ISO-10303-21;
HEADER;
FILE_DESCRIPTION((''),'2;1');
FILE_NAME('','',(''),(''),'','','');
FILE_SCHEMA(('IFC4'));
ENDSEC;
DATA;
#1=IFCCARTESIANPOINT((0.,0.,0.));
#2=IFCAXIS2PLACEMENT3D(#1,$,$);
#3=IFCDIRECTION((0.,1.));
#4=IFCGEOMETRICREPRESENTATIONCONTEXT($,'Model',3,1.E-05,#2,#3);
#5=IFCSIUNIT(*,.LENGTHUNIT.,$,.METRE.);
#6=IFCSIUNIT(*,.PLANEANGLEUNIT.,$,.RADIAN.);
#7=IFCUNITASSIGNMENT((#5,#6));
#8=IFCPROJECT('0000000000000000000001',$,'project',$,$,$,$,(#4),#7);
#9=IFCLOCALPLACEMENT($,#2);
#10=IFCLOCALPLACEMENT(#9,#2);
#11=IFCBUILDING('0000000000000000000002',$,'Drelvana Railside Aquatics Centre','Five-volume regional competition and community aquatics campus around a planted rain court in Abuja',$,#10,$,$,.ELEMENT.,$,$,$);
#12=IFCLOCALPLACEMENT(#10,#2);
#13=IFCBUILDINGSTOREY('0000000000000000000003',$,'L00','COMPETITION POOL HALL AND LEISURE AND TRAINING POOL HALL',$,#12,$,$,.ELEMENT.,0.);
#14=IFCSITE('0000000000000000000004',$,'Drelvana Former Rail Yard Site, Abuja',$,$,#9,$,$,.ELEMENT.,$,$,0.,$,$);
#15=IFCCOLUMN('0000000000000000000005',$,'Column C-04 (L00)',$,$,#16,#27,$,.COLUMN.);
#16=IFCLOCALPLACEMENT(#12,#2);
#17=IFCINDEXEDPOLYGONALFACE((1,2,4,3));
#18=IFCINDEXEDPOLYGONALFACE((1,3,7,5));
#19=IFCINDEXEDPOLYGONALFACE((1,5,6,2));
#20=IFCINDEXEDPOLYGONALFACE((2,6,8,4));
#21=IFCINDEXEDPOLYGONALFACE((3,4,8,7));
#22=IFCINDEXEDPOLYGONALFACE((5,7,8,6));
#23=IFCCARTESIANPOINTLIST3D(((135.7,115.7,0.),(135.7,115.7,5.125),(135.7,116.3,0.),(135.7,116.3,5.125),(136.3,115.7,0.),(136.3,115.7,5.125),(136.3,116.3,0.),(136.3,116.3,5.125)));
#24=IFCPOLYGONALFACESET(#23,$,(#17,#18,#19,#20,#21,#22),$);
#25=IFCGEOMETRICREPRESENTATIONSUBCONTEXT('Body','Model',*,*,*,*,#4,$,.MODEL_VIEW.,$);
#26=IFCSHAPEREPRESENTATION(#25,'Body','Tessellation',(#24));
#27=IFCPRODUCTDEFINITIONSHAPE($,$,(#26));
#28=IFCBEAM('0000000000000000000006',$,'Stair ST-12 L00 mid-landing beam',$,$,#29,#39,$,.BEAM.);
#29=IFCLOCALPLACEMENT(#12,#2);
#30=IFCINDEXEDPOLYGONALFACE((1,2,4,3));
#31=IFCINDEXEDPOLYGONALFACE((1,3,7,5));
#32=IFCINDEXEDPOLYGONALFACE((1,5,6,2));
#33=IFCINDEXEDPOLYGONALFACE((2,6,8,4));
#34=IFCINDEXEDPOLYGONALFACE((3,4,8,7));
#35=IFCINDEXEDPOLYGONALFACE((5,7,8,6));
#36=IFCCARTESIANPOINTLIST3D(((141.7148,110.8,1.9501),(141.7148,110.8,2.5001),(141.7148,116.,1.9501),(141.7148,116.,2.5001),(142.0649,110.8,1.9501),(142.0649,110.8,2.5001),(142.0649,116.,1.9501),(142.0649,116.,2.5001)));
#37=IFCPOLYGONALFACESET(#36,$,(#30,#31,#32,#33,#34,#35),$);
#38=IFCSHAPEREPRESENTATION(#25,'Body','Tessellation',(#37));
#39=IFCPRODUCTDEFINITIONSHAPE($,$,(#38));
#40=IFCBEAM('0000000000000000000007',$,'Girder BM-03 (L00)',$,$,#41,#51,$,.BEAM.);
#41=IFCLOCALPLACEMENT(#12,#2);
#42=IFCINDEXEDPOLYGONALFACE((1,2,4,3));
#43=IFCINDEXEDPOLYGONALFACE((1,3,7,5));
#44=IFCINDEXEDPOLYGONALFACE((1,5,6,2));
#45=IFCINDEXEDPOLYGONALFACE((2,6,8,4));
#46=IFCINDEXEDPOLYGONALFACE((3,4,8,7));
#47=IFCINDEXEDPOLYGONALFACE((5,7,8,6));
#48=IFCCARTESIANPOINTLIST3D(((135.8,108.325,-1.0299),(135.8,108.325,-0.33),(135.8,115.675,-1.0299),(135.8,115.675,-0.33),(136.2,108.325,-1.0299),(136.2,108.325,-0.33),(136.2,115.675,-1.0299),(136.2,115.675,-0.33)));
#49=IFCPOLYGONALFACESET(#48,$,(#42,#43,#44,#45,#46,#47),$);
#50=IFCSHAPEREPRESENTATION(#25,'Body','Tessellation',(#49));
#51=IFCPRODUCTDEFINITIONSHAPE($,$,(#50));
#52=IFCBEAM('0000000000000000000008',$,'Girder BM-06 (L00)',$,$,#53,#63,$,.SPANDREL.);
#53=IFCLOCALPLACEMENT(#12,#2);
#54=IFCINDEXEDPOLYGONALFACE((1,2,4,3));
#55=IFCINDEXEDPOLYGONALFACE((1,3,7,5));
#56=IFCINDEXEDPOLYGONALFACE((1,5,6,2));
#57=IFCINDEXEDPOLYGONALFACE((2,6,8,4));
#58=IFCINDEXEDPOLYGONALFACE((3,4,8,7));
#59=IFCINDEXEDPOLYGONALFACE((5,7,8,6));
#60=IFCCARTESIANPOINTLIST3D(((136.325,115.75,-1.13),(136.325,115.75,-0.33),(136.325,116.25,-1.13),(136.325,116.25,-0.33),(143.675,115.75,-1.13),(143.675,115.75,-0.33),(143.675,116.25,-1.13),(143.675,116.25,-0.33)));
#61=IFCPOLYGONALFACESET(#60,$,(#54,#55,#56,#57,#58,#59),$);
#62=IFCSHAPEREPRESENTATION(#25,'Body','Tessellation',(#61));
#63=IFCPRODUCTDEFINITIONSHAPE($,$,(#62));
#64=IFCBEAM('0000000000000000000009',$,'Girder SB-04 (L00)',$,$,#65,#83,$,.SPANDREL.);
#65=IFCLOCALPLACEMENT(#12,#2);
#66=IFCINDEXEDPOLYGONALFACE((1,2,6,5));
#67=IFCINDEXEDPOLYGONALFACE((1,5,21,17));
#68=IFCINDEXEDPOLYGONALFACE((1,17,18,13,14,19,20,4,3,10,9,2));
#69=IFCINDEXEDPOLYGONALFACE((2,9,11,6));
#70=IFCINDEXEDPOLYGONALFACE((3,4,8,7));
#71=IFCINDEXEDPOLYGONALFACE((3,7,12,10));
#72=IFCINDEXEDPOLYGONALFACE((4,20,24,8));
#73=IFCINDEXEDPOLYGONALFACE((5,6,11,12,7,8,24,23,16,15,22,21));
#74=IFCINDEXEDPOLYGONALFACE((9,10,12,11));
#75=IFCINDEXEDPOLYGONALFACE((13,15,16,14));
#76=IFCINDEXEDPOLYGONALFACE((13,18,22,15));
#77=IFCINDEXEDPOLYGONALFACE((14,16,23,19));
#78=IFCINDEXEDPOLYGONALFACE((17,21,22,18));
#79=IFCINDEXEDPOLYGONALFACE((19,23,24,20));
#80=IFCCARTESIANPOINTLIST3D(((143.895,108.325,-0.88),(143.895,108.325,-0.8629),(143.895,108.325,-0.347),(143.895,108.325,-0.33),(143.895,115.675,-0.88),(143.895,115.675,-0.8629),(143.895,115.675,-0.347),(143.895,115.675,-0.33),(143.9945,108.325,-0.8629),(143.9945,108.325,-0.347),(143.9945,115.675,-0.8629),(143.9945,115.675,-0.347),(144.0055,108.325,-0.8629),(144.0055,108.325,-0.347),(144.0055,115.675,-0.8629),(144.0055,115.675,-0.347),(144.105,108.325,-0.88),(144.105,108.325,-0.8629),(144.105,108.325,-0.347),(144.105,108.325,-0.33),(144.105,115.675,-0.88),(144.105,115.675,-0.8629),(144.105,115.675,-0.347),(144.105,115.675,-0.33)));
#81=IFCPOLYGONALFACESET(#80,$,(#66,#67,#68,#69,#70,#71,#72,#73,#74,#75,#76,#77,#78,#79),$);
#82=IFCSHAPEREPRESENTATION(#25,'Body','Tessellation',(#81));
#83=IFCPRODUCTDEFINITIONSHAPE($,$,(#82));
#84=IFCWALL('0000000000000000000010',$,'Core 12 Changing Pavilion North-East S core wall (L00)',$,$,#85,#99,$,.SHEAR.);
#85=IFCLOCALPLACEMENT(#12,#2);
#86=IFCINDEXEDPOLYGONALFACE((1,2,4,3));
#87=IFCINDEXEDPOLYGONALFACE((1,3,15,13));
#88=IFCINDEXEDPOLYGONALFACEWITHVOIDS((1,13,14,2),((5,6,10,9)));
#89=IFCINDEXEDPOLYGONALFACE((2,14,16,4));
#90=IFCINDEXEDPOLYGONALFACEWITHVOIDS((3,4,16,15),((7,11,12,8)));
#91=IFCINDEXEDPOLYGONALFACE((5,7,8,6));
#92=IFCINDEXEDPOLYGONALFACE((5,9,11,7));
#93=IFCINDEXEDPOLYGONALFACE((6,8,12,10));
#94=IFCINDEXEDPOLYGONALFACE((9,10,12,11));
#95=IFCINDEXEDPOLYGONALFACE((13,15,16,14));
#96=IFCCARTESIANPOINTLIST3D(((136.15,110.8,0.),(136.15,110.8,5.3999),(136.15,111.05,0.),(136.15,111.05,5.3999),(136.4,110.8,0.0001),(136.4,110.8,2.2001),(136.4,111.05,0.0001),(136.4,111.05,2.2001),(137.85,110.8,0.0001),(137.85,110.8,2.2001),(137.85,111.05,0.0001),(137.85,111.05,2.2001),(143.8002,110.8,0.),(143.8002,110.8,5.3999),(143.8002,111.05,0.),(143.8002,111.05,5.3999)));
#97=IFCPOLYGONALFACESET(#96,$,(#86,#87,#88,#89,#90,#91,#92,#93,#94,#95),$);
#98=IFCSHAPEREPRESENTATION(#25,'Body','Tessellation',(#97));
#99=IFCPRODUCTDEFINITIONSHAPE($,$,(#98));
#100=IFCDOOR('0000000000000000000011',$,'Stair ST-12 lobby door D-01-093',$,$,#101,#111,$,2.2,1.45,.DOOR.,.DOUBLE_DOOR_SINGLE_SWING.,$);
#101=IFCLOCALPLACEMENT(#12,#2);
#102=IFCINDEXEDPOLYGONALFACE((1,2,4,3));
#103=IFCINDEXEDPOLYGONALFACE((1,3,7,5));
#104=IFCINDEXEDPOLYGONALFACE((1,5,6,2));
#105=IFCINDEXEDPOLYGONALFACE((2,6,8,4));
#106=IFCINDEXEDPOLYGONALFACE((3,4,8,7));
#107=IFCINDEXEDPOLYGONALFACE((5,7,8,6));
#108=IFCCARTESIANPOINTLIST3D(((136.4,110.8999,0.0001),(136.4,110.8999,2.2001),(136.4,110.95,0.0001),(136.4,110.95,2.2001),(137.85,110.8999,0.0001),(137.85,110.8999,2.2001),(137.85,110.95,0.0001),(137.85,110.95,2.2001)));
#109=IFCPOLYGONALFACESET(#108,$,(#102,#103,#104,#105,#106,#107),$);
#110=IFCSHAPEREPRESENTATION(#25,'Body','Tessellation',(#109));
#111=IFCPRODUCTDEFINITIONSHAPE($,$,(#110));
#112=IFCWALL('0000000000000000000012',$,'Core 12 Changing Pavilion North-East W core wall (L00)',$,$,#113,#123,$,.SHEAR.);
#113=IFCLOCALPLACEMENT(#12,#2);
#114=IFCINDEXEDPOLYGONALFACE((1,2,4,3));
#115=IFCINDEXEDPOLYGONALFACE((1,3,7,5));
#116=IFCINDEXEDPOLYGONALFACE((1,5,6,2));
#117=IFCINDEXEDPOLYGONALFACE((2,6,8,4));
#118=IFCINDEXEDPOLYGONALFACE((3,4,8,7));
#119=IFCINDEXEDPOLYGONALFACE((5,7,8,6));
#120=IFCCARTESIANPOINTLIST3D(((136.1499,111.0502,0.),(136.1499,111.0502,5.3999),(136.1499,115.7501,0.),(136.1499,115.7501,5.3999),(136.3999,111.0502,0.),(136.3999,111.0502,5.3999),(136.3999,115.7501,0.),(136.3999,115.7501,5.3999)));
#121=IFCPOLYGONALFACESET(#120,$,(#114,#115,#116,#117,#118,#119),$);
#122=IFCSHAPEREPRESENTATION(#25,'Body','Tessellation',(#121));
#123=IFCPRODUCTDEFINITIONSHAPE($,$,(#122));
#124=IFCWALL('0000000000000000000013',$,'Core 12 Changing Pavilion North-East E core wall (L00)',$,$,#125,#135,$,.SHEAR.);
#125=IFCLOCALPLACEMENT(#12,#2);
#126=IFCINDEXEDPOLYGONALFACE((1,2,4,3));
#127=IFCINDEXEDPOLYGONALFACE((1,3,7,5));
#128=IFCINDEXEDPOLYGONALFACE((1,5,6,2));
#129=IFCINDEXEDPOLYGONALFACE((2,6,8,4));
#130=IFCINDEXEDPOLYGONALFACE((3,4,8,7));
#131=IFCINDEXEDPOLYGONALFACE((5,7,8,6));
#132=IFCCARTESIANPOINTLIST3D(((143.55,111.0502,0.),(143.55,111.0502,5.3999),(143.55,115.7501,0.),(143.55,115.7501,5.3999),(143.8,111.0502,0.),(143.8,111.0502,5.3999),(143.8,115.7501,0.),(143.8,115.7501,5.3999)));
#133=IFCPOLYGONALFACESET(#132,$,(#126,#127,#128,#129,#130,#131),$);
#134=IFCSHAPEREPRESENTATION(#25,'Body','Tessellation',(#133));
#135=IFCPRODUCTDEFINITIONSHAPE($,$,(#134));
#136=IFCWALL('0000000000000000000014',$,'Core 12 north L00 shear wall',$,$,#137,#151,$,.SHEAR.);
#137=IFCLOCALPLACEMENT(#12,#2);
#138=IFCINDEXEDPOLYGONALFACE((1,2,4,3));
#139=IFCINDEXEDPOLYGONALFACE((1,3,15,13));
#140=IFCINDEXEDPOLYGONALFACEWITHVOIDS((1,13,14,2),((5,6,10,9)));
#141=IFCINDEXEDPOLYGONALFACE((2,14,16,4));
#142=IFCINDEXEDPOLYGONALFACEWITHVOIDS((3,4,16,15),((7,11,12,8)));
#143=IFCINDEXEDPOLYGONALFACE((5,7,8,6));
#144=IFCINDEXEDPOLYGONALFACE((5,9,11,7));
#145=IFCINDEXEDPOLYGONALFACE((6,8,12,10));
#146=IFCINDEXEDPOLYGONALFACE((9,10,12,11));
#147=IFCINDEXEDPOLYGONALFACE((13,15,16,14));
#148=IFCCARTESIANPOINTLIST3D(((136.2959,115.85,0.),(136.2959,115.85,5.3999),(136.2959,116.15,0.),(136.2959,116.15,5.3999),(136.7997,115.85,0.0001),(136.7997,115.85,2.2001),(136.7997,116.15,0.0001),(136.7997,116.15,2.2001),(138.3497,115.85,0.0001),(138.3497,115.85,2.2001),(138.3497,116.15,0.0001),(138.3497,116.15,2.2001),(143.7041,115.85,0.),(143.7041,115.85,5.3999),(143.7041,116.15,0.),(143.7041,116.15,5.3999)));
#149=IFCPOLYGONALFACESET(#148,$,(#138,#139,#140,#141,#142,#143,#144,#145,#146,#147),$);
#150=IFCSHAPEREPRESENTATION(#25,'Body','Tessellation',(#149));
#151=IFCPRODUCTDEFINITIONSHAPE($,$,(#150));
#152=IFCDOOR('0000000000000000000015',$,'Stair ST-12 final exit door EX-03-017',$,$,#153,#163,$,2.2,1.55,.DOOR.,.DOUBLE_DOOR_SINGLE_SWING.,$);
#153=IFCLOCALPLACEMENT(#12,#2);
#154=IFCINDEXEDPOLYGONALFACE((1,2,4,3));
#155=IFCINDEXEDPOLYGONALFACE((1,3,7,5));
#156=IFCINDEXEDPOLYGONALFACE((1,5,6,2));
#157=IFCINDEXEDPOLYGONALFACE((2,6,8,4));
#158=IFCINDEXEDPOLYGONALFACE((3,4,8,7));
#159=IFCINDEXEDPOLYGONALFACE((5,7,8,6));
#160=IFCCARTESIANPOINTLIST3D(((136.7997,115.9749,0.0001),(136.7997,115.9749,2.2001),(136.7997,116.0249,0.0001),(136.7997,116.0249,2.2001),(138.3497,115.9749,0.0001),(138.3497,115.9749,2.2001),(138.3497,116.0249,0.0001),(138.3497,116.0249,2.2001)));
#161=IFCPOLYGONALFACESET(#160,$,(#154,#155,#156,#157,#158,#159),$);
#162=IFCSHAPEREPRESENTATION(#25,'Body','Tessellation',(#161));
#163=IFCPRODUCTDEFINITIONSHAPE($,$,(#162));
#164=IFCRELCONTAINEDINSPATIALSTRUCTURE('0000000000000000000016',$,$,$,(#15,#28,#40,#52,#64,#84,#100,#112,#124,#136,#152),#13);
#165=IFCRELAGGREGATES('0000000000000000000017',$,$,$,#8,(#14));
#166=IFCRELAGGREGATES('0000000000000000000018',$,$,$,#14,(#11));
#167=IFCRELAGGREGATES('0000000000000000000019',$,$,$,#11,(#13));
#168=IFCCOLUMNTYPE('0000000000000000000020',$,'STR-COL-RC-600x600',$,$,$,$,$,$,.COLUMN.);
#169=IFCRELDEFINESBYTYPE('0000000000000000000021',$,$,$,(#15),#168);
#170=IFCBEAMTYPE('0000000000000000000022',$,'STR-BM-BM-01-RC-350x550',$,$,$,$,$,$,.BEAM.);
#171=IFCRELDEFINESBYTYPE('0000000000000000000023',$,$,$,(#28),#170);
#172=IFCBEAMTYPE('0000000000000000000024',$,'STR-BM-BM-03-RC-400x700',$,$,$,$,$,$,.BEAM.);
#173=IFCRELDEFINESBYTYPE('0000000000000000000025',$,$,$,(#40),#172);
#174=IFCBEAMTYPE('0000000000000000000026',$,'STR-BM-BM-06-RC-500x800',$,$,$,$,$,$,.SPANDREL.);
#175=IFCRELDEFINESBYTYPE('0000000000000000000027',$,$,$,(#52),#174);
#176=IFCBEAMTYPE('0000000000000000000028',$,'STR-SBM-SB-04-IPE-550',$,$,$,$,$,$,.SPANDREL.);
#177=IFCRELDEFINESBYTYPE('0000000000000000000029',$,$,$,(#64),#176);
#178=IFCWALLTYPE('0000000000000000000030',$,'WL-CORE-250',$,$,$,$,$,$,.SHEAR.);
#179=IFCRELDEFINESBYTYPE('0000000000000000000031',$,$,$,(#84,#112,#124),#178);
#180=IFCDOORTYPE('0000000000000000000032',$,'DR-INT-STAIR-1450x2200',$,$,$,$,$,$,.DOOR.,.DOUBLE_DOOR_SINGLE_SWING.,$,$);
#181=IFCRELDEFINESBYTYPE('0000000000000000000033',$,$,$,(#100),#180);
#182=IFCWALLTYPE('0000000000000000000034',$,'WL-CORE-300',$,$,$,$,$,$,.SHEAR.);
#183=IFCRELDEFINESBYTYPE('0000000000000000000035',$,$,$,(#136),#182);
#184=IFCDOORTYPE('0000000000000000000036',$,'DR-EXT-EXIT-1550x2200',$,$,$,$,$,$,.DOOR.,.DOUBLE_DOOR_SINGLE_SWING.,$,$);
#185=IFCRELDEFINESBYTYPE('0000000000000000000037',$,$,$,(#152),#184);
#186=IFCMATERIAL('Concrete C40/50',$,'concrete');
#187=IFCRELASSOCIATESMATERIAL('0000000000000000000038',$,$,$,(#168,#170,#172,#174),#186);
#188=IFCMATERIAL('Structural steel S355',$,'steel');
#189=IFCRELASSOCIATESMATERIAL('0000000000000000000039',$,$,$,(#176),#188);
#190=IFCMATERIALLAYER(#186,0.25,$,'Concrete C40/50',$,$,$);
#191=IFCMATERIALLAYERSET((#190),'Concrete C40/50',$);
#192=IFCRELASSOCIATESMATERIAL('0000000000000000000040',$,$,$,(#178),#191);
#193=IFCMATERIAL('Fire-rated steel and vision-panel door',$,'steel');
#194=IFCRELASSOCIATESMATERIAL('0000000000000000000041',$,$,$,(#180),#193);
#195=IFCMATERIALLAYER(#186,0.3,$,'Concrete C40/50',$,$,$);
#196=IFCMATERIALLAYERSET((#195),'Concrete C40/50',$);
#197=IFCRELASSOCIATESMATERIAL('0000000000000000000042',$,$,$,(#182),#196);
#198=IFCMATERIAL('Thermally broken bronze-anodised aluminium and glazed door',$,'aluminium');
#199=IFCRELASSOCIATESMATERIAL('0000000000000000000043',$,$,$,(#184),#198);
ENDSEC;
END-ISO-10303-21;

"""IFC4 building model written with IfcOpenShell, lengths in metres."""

from ifc_helpers import new_model, si_unit, direction, frame, frame_2d, origin, origin_2d, place, context, subcontext, project, spatial, rectangle, i_section, extrude, material, layer, layer_set, material_profile, profile_set, type_object, element, fill, save


model = new_model("IFC4")

# Units and contexts
model_context = context("Model", 3, precision=1e-05, world=origin(), true_north=direction((0.0, 1.0)))
body_context = subcontext(model_context, "Body", "Model", "MODEL_VIEW")
ifc_project = project(units=[si_unit("LENGTHUNIT", "METRE"), si_unit("PLANEANGLEUNIT", "RADIAN")], contexts=[model_context])

# Site, building, storey
site_placement = place(None, origin())
site = spatial("IfcSite", under=ifc_project, at=site_placement, Name="Drelvana Former Rail Yard Site, Abuja", CompositionType="ELEMENT", RefElevation=0.0)
building_placement = place(site_placement, origin())
building = spatial("IfcBuilding", under=site, at=building_placement, Name="Drelvana Railside Aquatics Centre", Description="Five-volume regional competition and community aquatics campus around a planted rain court in Abuja", CompositionType="ELEMENT")
storey_placement = place(building_placement, origin())
storey = spatial("IfcBuildingStorey", under=building, at=storey_placement, Name="L00", Description="COMPETITION POOL HALL AND LEISURE AND TRAINING POOL HALL", CompositionType="ELEMENT", Elevation=0.0)

# Column
ifc_material_1 = material(Name="Concrete C40/50", Category="concrete")
ifc_material_profile_1 = material_profile(ifc_material_1, rectangle(XDim=0.6001, YDim=0.6001, at=origin_2d()), Name="RC 600x600")
ifc_profile_set_1 = profile_set([ifc_material_profile_1], Name="Concrete C40/50")
column_type = type_object("IfcColumnType", Name="STR-COL-RC-600x600", PredefinedType="COLUMN", material=ifc_profile_set_1)
column_placement = place(storey_placement, frame((136.0, 116.0, 0.0), z_axis=(0.0, 0.0, 1.0), x_axis=(1.0, 0.0, 0.0)))
element("IfcColumn", 1, at=column_placement, inside=storey, type_object=column_type, Name="Column C-04 (L00)", PredefinedType="COLUMN", context=body_context, shape_type="SweptSolid", body=[
    extrude(rectangle(XDim=0.6001, YDim=0.6001, at=origin_2d()), origin(), (0.0, 0.0, 1.0), 5.125),
])

# Beams
ifc_material_profile_2 = material_profile(ifc_material_1, rectangle(XDim=0.3501, YDim=0.55, at=origin_2d()), Name="RC 350x550")
ifc_profile_set_2 = profile_set([ifc_material_profile_2], Name="Concrete C40/50")
beam_type_1 = type_object("IfcBeamType", Name="STR-BM-BM-01-RC-350x550", PredefinedType="BEAM", material=ifc_profile_set_2)
beam_1_placement = place(storey_placement, frame((141.8899, 110.8, 2.2251), z_axis=(0.0, 1.0, 0.0), x_axis=(-1.0, 0.0, 0.0)))
element("IfcBeam", 2, at=beam_1_placement, inside=storey, type_object=beam_type_1, Name="Stair ST-12 L00 mid-landing beam", PredefinedType="BEAM", context=body_context, shape_type="SweptSolid", body=[
    extrude(rectangle(XDim=0.3501, YDim=0.55, at=origin_2d()), origin(), (0.0, 0.0, 1.0), 5.2),
])
ifc_material_profile_3 = material_profile(ifc_material_1, rectangle(XDim=0.3999, YDim=0.7, at=origin_2d()), Name="RC 400x700")
ifc_profile_set_3 = profile_set([ifc_material_profile_3], Name="Concrete C40/50")
beam_type_2 = type_object("IfcBeamType", Name="STR-BM-BM-03-RC-400x700", PredefinedType="BEAM", material=ifc_profile_set_3)
beam_2_placement = place(storey_placement, frame((136.0, 108.325, -0.6799), z_axis=(0.0, 1.0, 0.0), x_axis=(-1.0, 0.0, 0.0)))
element("IfcBeam", 3, at=beam_2_placement, inside=storey, type_object=beam_type_2, Name="Girder BM-03 (L00)", PredefinedType="BEAM", context=body_context, shape_type="SweptSolid", body=[
    extrude(rectangle(XDim=0.3999, YDim=0.7, at=origin_2d()), origin(), (0.0, 0.0, 1.0), 7.3501),
])
ifc_material_profile_4 = material_profile(ifc_material_1, rectangle(XDim=0.5, YDim=0.8, at=origin_2d()), Name="RC 500x800")
ifc_profile_set_4 = profile_set([ifc_material_profile_4], Name="Concrete C40/50")
beam_type_3 = type_object("IfcBeamType", Name="STR-BM-BM-06-RC-500x800", PredefinedType="SPANDREL", material=ifc_profile_set_4)
beam_3_placement = place(storey_placement, frame((136.325, 116.0, -0.73), z_axis=(1.0, 0.0, 0.0), x_axis=(0.0, 1.0, 0.0)))
element("IfcBeam", 4, at=beam_3_placement, inside=storey, type_object=beam_type_3, Name="Girder BM-06 (L00)", PredefinedType="SPANDREL", context=body_context, shape_type="SweptSolid", body=[
    extrude(rectangle(XDim=0.5, YDim=0.8, at=origin_2d()), origin(), (0.0, 0.0, 1.0), 7.3501),
])
ifc_material_2 = material(Name="Structural steel S355", Category="steel")
ifc_material_profile_5 = material_profile(ifc_material_2, i_section(OverallWidth=0.21, OverallDepth=0.55, WebThickness=0.011, FlangeThickness=0.0171, at=origin_2d()), Name="IPE 550")
ifc_profile_set_5 = profile_set([ifc_material_profile_5], Name="Structural steel S355")
beam_type_4 = type_object("IfcBeamType", Name="STR-SBM-SB-04-IPE-550", PredefinedType="SPANDREL", material=ifc_profile_set_5)
beam_4_placement = place(storey_placement, frame((144.0, 108.325, -0.605), z_axis=(0.0, 1.0, 0.0), x_axis=(-1.0, 0.0, 0.0)))
element("IfcBeam", 5, at=beam_4_placement, inside=storey, type_object=beam_type_4, Name="Girder SB-04 (L00)", PredefinedType="SPANDREL", context=body_context, shape_type="SweptSolid", body=[
    extrude(i_section(OverallWidth=0.21, OverallDepth=0.55, WebThickness=0.011, FlangeThickness=0.0171, at=origin_2d()), origin(), (0.0, 0.0, 1.0), 7.3501),
])

# Wall, opening, door
ifc_layer_1 = layer(ifc_material_1, 0.25, Name="Concrete C40/50")
ifc_layer_set_1 = layer_set([ifc_layer_1], Name="Concrete C40/50")
wall_type_1 = type_object("IfcWallType", Name="WL-CORE-250", PredefinedType="SHEAR", material=ifc_layer_set_1)
wall_1_placement = place(storey_placement, frame((136.1499, 110.925, 0.0), z_axis=(0.0, 0.0, 1.0), x_axis=(1.0, 0.0, 0.0)))
wall_1 = element("IfcWall", 6, at=wall_1_placement, inside=storey, type_object=wall_type_1, Name="Core 12 Changing Pavilion North-East S core wall (L00)", PredefinedType="SHEAR", context=body_context, shape_type="SweptSolid", body=[
    extrude(rectangle(XDim=7.6501, YDim=0.25, at=frame_2d((3.8252, 0.0))), origin(), (0.0, 0.0, 1.0), 5.3999),
])
opening_1_placement = place(wall_1_placement, frame((0.25, 0.0, 0.0)))
opening_1 = element("IfcOpeningElement", 7, at=opening_1_placement, cuts=wall_1, PredefinedType="OPENING", context=body_context, shape_type="SweptSolid", body=[
    extrude(rectangle(XDim=1.45, YDim=2.2, at=frame_2d((0.7251, 1.1001))), frame((0.0, 0.135, 0.0), z_axis=(0.0, -1.0, 0.0), x_axis=(1.0, 0.0, 0.0)), (0.0, 0.0, 1.0), 0.27),
])
ifc_material_3 = material(Name="Fire-rated steel and vision-panel door", Category="steel")
door_type_1 = type_object("IfcDoorType", Name="DR-INT-STAIR-1450x2200", OperationType="DOUBLE_DOOR_SINGLE_SWING", PredefinedType="DOOR", material=ifc_material_3)
door_1_placement = place(opening_1_placement, origin())
door_1 = element("IfcDoor", 8, at=door_1_placement, inside=storey, type_object=door_type_1, Name="Stair ST-12 lobby door D-01-093", OperationType="DOUBLE_DOOR_SINGLE_SWING", OverallHeight=2.2, OverallWidth=1.45, PredefinedType="DOOR", context=body_context, shape_type="SweptSolid", body=[
    extrude(rectangle(XDim=1.45, YDim=2.2, at=frame_2d((0.7251, 1.1001))), frame((0.0, 0.0249, 0.0), z_axis=(0.0, -1.0, 0.0), x_axis=(1.0, 0.0, 0.0)), (0.0, 0.0, 1.0), 0.05),
])
fill(opening_1, door_1)

# Walls
for number, where, z_axis, x_axis, name in (
    (9, (136.2749, 111.05, 0.0), (0.0, 0.0, 1.0), (0.0, 1.0, 0.0), "Core 12 Changing Pavilion North-East W core wall (L00)"),
    (10, (143.675, 111.05, 0.0), (0.0, 0.0, 1.0), (0.0, 1.0, 0.0), "Core 12 Changing Pavilion North-East E core wall (L00)"),
):
    element("IfcWall", number, at=place(storey_placement, frame(where, z_axis=z_axis, x_axis=x_axis)), inside=storey, type_object=wall_type_1, Name=name, PredefinedType="SHEAR", context=body_context, shape_type="SweptSolid", body=[
        extrude(rectangle(XDim=4.7, YDim=0.25, at=frame_2d((2.3501, 0.0))), origin(), (0.0, 0.0, 1.0), 5.3999),
    ])

# Wall, opening, door
ifc_layer_2 = layer(ifc_material_1, 0.3, Name="Concrete C40/50")
ifc_layer_set_2 = layer_set([ifc_layer_2], Name="Concrete C40/50")
wall_type_2 = type_object("IfcWallType", Name="WL-CORE-300", PredefinedType="SHEAR", material=ifc_layer_set_2)
wall_2_placement = place(storey_placement, frame((136.2959, 116.0, 0.0), z_axis=(0.0, 0.0, 1.0), x_axis=(1.0, 0.0, 0.0)))
wall_2 = element("IfcWall", 11, at=wall_2_placement, inside=storey, type_object=wall_type_2, Name="Core 12 north L00 shear wall", PredefinedType="SHEAR", context=body_context, shape_type="SweptSolid", body=[
    extrude(rectangle(XDim=7.4082, YDim=0.3, at=frame_2d((3.7041, 0.0))), origin(), (0.0, 0.0, 1.0), 5.3999),
])
opening_2_placement = place(wall_2_placement, frame((0.5039, 0.0, 0.0)))
opening_2 = element("IfcOpeningElement", 12, at=opening_2_placement, cuts=wall_2, PredefinedType="OPENING", context=body_context, shape_type="SweptSolid", body=[
    extrude(rectangle(XDim=1.55, YDim=2.2, at=frame_2d((0.7749, 1.1001))), frame((0.0, 0.1599, 0.0), z_axis=(0.0, -1.0, 0.0), x_axis=(1.0, 0.0, 0.0)), (0.0, 0.0, 1.0), 0.3201),
])
ifc_material_4 = material(Name="Thermally broken bronze-anodised aluminium and glazed door", Category="aluminium")
door_type_2 = type_object("IfcDoorType", Name="DR-EXT-EXIT-1550x2200", OperationType="DOUBLE_DOOR_SINGLE_SWING", PredefinedType="DOOR", material=ifc_material_4)
door_2_placement = place(opening_2_placement, origin())
door_2 = element("IfcDoor", 13, at=door_2_placement, inside=storey, type_object=door_type_2, Name="Stair ST-12 final exit door EX-03-017", OperationType="DOUBLE_DOOR_SINGLE_SWING", OverallHeight=2.2, OverallWidth=1.55, PredefinedType="DOOR", context=body_context, shape_type="SweptSolid", body=[
    extrude(rectangle(XDim=1.55, YDim=2.2, at=frame_2d((0.7749, 1.1001))), frame((0.0, 0.0249, 0.0), z_axis=(0.0, -1.0, 0.0), x_axis=(1.0, 0.0, 0.0)), (0.0, 0.0, 1.0), 0.05),
])
fill(opening_2, door_2)

save(model, "model.ifc")
